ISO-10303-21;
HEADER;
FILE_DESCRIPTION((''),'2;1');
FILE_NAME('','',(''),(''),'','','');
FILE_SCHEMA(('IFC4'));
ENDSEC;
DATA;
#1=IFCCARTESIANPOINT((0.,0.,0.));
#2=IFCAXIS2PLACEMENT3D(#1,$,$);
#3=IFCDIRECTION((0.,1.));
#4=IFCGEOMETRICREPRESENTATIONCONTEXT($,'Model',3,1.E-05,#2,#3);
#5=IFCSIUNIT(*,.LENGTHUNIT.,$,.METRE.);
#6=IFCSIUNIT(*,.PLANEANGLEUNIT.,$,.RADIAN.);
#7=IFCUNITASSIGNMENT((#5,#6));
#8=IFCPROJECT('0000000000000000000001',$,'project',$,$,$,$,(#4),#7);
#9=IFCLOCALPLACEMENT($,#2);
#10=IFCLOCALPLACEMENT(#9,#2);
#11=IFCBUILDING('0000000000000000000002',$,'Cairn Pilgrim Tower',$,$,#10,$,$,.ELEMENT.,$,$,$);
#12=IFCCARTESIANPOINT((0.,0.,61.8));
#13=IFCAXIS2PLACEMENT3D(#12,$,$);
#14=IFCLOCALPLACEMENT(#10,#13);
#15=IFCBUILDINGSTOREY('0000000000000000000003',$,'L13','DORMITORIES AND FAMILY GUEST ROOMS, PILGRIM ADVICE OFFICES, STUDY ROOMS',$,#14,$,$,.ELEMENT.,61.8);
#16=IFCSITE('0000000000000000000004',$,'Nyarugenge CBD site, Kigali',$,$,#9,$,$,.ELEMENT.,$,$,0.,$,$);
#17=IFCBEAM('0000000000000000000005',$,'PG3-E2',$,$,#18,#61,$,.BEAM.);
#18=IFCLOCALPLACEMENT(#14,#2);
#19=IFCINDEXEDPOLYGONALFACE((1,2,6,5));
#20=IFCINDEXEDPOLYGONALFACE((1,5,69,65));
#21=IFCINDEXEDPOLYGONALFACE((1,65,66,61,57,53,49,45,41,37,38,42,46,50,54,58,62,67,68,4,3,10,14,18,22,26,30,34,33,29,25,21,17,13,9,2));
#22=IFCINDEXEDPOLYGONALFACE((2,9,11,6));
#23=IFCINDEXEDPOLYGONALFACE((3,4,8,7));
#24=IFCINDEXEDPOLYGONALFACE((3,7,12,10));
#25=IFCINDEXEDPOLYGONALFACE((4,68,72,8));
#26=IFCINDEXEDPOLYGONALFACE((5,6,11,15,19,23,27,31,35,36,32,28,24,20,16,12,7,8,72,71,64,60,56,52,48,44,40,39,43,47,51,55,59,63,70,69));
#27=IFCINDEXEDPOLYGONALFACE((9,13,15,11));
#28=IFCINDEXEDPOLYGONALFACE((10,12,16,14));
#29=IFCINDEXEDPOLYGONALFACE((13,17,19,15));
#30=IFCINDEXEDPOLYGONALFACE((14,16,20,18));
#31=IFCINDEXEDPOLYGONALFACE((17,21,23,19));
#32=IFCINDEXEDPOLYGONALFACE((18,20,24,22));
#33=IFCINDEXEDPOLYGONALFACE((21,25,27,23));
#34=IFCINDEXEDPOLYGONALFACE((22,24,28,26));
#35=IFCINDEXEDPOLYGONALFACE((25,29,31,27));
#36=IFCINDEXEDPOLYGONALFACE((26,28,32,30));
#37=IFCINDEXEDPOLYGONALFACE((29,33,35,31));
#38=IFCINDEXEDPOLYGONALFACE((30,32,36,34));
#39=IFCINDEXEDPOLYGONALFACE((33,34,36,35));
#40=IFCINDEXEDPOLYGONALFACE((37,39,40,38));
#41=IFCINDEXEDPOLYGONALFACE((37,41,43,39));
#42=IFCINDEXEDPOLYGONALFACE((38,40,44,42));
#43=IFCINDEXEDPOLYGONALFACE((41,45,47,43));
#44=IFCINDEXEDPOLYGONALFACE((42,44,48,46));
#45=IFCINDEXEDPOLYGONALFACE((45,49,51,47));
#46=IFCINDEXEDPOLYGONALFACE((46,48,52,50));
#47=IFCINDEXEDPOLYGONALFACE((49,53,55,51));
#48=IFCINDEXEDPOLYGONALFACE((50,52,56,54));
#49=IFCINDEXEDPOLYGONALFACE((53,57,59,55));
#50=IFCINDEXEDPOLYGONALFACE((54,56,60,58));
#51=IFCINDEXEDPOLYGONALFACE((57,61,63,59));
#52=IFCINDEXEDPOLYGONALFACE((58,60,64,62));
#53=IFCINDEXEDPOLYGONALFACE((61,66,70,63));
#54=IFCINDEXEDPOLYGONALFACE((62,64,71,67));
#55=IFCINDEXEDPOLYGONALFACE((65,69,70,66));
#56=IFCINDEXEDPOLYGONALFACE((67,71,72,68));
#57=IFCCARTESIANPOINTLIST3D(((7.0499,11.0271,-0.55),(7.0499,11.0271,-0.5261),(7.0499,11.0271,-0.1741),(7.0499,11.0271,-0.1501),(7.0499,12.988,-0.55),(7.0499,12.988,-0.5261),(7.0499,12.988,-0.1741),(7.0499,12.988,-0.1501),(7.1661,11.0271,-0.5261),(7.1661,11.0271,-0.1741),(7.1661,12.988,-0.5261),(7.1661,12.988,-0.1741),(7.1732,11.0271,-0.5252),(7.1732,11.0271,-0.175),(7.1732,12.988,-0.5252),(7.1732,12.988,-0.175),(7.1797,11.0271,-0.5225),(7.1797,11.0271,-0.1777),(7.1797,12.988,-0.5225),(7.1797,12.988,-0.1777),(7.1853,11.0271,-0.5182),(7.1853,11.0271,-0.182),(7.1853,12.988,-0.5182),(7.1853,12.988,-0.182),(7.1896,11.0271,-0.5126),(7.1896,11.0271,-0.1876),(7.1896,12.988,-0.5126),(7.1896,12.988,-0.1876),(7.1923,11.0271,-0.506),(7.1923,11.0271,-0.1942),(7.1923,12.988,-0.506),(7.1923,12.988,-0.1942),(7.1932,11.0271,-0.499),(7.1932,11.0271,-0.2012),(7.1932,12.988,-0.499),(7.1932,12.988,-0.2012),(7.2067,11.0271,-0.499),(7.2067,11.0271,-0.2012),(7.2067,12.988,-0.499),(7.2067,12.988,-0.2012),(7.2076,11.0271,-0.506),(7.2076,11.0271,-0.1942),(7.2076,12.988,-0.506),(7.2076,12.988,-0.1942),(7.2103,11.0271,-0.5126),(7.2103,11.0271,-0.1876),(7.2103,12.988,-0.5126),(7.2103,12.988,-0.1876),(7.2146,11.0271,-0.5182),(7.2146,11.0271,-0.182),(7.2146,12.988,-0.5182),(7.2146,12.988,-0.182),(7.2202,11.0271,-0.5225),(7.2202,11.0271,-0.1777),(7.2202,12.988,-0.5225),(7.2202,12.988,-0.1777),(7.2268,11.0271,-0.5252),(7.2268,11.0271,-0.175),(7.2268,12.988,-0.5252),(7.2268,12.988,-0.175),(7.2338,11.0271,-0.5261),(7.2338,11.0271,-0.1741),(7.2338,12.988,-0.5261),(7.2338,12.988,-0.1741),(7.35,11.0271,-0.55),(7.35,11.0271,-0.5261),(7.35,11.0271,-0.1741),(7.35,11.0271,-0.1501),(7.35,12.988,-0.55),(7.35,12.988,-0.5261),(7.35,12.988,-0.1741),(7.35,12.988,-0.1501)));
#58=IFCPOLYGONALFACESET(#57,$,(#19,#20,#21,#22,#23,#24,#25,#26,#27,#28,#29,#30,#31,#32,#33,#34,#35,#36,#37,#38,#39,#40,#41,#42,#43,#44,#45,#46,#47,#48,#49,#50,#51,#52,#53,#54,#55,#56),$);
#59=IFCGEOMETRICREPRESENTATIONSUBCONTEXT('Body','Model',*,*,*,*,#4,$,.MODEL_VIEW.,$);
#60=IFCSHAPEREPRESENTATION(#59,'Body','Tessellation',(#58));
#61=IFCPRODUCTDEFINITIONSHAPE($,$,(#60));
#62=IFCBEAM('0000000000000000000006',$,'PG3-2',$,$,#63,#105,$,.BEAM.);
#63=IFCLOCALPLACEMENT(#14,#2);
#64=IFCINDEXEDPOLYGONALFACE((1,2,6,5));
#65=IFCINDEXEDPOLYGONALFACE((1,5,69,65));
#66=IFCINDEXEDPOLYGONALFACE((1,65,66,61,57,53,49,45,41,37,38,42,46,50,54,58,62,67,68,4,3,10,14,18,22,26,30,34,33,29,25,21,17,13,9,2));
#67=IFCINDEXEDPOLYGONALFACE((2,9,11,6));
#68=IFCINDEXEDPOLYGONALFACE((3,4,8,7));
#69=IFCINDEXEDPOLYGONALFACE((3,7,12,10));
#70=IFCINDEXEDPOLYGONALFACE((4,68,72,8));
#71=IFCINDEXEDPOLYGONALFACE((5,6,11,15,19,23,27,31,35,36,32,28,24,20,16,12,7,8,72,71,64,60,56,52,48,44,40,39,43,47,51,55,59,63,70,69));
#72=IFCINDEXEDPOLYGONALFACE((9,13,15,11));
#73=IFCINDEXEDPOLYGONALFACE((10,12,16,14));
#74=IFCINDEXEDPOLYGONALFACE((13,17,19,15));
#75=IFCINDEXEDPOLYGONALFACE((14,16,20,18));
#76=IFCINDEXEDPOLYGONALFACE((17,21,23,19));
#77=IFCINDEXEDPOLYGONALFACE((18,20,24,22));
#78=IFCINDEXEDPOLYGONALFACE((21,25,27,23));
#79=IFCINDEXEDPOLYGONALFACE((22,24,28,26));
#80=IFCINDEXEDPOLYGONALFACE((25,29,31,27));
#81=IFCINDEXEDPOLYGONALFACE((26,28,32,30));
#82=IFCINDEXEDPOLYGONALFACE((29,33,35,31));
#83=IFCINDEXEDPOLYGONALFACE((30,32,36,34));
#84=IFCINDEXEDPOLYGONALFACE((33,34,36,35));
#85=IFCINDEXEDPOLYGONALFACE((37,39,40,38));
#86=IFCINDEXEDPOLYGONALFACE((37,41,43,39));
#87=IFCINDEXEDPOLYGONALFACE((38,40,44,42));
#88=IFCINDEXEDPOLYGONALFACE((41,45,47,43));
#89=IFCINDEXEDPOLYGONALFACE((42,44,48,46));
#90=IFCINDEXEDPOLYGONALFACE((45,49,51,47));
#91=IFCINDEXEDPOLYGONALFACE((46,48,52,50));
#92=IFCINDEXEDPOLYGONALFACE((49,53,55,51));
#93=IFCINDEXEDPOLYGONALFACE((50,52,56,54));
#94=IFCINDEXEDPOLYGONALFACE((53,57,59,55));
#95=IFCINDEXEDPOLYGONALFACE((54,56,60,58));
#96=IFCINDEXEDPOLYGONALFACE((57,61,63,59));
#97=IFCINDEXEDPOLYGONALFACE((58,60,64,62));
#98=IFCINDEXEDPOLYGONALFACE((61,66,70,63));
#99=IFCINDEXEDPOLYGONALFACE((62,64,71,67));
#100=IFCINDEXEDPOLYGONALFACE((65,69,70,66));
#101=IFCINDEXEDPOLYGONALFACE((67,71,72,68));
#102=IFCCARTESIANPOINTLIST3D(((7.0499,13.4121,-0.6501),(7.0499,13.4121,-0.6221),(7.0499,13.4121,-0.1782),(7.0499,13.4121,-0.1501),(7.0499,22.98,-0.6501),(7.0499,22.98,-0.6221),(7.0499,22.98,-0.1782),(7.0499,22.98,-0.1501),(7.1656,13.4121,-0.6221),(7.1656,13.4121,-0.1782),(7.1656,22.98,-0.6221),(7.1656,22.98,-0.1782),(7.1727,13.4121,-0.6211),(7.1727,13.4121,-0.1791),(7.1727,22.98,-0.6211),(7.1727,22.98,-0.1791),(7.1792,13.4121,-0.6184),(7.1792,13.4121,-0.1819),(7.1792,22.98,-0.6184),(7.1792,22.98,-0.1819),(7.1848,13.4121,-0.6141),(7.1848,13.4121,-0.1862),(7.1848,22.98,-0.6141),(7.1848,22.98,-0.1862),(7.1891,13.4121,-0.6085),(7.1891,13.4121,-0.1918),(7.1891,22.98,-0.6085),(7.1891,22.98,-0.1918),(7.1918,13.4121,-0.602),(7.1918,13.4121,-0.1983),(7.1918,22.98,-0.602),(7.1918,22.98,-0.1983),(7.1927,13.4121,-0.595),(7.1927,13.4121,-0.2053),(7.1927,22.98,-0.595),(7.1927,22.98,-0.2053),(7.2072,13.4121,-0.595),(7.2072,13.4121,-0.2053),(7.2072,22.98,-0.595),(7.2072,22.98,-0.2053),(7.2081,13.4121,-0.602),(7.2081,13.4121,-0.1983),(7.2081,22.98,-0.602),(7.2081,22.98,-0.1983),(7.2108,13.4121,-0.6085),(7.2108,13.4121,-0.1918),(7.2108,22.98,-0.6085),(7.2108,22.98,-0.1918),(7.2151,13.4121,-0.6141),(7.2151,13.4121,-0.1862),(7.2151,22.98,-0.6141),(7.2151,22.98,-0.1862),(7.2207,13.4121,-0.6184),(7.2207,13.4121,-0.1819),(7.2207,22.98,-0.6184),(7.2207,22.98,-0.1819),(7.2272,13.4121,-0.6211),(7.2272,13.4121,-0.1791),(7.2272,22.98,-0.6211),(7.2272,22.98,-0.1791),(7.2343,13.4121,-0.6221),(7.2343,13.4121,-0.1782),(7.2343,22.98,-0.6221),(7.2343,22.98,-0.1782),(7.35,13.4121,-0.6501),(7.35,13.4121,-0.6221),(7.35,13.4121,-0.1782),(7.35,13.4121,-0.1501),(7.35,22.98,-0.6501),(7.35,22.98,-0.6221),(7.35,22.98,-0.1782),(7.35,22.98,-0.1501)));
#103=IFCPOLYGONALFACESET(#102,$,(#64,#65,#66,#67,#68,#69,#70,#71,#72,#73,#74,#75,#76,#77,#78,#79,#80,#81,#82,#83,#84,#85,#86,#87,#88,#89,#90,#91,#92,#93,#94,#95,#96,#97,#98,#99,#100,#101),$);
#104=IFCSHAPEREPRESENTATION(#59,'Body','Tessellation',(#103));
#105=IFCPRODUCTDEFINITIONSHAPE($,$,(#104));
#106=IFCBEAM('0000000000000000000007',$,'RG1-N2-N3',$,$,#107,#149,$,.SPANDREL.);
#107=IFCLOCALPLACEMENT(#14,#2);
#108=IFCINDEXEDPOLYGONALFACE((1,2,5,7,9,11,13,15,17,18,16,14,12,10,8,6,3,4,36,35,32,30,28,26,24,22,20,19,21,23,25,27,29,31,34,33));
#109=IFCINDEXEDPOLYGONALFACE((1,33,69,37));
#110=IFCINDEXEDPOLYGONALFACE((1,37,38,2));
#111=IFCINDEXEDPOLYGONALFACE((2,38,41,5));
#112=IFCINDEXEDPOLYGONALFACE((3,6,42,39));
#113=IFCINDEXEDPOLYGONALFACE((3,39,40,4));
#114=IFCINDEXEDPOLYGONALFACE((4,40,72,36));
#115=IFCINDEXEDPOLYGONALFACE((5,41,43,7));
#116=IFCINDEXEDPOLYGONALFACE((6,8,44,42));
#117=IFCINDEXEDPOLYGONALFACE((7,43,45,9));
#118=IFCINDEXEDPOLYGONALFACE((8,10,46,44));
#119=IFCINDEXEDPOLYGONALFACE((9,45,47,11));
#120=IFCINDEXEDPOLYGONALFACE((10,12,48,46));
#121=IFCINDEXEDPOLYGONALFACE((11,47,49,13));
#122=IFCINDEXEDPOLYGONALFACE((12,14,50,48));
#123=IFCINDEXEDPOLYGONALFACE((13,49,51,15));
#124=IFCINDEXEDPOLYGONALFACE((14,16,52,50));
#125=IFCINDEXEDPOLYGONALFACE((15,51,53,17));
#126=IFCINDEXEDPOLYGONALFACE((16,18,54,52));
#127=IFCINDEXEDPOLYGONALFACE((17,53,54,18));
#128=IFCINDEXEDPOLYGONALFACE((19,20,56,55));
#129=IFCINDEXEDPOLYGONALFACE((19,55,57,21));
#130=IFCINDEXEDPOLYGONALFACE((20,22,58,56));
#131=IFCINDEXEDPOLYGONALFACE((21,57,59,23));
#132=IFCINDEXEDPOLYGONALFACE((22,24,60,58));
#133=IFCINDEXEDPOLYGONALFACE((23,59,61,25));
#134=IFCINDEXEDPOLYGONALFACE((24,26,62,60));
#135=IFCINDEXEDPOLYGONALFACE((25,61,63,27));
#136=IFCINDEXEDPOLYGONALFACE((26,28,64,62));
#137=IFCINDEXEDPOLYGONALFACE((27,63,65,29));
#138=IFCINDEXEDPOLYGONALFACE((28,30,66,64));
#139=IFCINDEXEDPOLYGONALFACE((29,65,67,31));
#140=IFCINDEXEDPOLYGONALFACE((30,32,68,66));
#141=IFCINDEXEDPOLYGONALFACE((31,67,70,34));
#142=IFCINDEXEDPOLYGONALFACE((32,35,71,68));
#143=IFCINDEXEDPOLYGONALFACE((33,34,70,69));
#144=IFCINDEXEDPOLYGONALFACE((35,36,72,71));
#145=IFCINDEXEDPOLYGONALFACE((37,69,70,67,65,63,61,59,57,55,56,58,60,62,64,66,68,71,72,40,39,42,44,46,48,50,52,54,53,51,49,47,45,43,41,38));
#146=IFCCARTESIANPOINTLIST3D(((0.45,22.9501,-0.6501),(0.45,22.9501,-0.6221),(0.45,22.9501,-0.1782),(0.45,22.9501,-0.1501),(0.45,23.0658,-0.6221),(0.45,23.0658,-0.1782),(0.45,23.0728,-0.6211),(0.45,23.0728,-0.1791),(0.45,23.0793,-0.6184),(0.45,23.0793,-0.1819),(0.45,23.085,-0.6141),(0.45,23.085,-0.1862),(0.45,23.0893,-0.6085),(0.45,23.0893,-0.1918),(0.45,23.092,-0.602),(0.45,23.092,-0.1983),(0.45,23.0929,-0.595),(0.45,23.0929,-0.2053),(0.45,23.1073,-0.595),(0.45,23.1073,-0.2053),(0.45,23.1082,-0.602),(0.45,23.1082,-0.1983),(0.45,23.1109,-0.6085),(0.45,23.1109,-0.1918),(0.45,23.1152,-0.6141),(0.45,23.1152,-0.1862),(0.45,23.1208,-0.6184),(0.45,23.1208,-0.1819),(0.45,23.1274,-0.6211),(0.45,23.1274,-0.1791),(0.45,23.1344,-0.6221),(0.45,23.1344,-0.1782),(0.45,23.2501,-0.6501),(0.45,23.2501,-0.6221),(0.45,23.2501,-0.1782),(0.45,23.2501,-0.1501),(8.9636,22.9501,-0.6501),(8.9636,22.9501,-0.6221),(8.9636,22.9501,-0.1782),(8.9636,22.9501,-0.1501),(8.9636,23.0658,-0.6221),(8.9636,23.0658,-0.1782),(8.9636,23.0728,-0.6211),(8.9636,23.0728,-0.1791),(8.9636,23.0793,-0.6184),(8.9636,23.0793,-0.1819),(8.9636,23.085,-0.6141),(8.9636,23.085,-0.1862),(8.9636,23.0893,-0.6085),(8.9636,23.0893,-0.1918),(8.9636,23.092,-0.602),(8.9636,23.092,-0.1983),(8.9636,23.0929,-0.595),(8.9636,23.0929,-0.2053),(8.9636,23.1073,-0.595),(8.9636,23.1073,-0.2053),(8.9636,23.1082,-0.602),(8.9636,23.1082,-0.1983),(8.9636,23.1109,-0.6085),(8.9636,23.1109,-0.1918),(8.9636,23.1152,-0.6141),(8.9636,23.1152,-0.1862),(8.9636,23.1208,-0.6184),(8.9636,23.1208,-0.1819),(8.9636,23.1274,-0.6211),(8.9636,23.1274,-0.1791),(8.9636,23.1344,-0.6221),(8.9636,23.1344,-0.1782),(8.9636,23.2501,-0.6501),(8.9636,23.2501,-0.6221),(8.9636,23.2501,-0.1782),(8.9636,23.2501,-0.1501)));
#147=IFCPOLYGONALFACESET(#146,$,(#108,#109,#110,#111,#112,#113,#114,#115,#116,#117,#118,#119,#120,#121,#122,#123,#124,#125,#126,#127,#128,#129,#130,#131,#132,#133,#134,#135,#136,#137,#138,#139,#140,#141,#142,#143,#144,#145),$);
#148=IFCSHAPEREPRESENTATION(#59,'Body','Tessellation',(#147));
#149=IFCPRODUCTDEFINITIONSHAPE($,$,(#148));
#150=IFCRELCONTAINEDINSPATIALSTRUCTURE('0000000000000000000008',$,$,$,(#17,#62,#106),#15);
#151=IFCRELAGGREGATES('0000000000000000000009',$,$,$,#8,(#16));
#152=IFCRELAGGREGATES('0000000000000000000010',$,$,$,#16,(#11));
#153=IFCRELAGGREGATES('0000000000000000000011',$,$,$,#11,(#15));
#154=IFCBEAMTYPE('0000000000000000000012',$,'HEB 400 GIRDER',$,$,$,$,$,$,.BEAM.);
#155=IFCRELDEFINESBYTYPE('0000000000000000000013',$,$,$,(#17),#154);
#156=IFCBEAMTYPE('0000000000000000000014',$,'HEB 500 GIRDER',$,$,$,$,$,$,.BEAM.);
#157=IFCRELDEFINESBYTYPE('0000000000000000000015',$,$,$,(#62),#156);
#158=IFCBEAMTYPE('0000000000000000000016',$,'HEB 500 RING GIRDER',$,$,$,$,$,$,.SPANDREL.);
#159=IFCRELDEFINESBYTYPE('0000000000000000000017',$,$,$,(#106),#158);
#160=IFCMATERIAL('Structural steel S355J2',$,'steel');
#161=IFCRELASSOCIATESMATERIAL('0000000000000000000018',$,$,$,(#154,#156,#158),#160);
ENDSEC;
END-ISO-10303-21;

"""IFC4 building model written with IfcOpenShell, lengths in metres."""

from ifc_helpers import new_model, si_unit, direction, frame, origin, origin_2d, place, context, subcontext, project, spatial, i_section, extrude, material, material_profile, profile_set, type_object, element, save


model = new_model("IFC4")

# Units and contexts
model_context = context("Model", 3, precision=1e-05, world=origin(), true_north=direction((0.0, 1.0)))
body_context = subcontext(model_context, "Body", "Model", "MODEL_VIEW")
ifc_project = project(units=[si_unit("LENGTHUNIT", "METRE"), si_unit("PLANEANGLEUNIT", "RADIAN")], contexts=[model_context])

# Site, building, storey
site_placement = place(None, origin())
site = spatial("IfcSite", under=ifc_project, at=site_placement, Name="Nyarugenge CBD site, Kigali", CompositionType="ELEMENT", RefElevation=0.0)
building_placement = place(site_placement, origin())
building = spatial("IfcBuilding", under=site, at=building_placement, Name="Cairn Pilgrim Tower", CompositionType="ELEMENT")
storey_placement = place(building_placement, frame((0.0, 0.0, 61.8)))
storey = spatial("IfcBuildingStorey", under=building, at=storey_placement, Name="L13", Description="DORMITORIES AND FAMILY GUEST ROOMS, PILGRIM ADVICE OFFICES, STUDY ROOMS", CompositionType="ELEMENT", Elevation=61.8)

# Beams
ifc_material_1 = material(Name="Structural steel S355J2", Category="steel")
ifc_material_profile_1 = material_profile(ifc_material_1, i_section(OverallWidth=0.3, OverallDepth=0.3999, WebThickness=0.0134, FlangeThickness=0.0239, FilletRadius=0.0271, at=origin_2d()), Name="HEB 400")
ifc_profile_set_1 = profile_set([ifc_material_profile_1], Name="Structural steel S355J2")
beam_type_1 = type_object("IfcBeamType", Name="HEB 400 GIRDER", PredefinedType="BEAM", material=ifc_profile_set_1)
beam_1_placement = place(storey_placement, frame((7.2, 11.0271, -0.3501), z_axis=(0.0, 1.0, 0.0), x_axis=(-1.0, 0.0, 0.0)))
element("IfcBeam", 1, at=beam_1_placement, inside=storey, type_object=beam_type_1, Name="PG3-E2", PredefinedType="BEAM", context=body_context, shape_type="SweptSolid", body=[
    extrude(i_section(OverallWidth=0.3, OverallDepth=0.3999, WebThickness=0.0134, FlangeThickness=0.0239, FilletRadius=0.0271, at=origin_2d()), origin(), (0.0, 0.0, 1.0), 1.9609),
])
ifc_material_profile_2 = material_profile(ifc_material_1, i_section(OverallWidth=0.3, OverallDepth=0.5, WebThickness=0.0144, FlangeThickness=0.0281, FilletRadius=0.0271, at=origin_2d()), Name="HEB 500")
ifc_profile_set_2 = profile_set([ifc_material_profile_2], Name="Structural steel S355J2")
beam_type_2 = type_object("IfcBeamType", Name="HEB 500 GIRDER", PredefinedType="BEAM", material=ifc_profile_set_2)
beam_2_placement = place(storey_placement, frame((7.2, 13.4121, -0.4001), z_axis=(0.0, 1.0, 0.0), x_axis=(-1.0, 0.0, 0.0)))
element("IfcBeam", 2, at=beam_2_placement, inside=storey, type_object=beam_type_2, Name="PG3-2", PredefinedType="BEAM", context=body_context, shape_type="SweptSolid", body=[
    extrude(i_section(OverallWidth=0.3, OverallDepth=0.5, WebThickness=0.0144, FlangeThickness=0.0281, FilletRadius=0.0271, at=origin_2d()), origin(), (0.0, 0.0, 1.0), 9.5679),
])
ifc_material_profile_3 = material_profile(ifc_material_1, i_section(OverallWidth=0.3, OverallDepth=0.5, WebThickness=0.0144, FlangeThickness=0.0281, FilletRadius=0.0271, at=origin_2d()), Name="HEB 500")
ifc_profile_set_3 = profile_set([ifc_material_profile_3], Name="Structural steel S355J2")
beam_type_3 = type_object("IfcBeamType", Name="HEB 500 RING GIRDER", PredefinedType="SPANDREL", material=ifc_profile_set_3)
beam_3_placement = place(storey_placement, frame((8.9636, 23.1001, -0.4001), z_axis=(-1.0, 0.0, 0.0), x_axis=(0.0, -1.0, 0.0)))
element("IfcBeam", 3, at=beam_3_placement, inside=storey, type_object=beam_type_3, Name="RG1-N2-N3", PredefinedType="SPANDREL", context=body_context, shape_type="SweptSolid", body=[
    extrude(i_section(OverallWidth=0.3, OverallDepth=0.5, WebThickness=0.0144, FlangeThickness=0.0281, FilletRadius=0.0271, at=origin_2d()), origin(), (0.0, 0.0, 1.0), 8.5137),
])

save(model, "model.ifc")
